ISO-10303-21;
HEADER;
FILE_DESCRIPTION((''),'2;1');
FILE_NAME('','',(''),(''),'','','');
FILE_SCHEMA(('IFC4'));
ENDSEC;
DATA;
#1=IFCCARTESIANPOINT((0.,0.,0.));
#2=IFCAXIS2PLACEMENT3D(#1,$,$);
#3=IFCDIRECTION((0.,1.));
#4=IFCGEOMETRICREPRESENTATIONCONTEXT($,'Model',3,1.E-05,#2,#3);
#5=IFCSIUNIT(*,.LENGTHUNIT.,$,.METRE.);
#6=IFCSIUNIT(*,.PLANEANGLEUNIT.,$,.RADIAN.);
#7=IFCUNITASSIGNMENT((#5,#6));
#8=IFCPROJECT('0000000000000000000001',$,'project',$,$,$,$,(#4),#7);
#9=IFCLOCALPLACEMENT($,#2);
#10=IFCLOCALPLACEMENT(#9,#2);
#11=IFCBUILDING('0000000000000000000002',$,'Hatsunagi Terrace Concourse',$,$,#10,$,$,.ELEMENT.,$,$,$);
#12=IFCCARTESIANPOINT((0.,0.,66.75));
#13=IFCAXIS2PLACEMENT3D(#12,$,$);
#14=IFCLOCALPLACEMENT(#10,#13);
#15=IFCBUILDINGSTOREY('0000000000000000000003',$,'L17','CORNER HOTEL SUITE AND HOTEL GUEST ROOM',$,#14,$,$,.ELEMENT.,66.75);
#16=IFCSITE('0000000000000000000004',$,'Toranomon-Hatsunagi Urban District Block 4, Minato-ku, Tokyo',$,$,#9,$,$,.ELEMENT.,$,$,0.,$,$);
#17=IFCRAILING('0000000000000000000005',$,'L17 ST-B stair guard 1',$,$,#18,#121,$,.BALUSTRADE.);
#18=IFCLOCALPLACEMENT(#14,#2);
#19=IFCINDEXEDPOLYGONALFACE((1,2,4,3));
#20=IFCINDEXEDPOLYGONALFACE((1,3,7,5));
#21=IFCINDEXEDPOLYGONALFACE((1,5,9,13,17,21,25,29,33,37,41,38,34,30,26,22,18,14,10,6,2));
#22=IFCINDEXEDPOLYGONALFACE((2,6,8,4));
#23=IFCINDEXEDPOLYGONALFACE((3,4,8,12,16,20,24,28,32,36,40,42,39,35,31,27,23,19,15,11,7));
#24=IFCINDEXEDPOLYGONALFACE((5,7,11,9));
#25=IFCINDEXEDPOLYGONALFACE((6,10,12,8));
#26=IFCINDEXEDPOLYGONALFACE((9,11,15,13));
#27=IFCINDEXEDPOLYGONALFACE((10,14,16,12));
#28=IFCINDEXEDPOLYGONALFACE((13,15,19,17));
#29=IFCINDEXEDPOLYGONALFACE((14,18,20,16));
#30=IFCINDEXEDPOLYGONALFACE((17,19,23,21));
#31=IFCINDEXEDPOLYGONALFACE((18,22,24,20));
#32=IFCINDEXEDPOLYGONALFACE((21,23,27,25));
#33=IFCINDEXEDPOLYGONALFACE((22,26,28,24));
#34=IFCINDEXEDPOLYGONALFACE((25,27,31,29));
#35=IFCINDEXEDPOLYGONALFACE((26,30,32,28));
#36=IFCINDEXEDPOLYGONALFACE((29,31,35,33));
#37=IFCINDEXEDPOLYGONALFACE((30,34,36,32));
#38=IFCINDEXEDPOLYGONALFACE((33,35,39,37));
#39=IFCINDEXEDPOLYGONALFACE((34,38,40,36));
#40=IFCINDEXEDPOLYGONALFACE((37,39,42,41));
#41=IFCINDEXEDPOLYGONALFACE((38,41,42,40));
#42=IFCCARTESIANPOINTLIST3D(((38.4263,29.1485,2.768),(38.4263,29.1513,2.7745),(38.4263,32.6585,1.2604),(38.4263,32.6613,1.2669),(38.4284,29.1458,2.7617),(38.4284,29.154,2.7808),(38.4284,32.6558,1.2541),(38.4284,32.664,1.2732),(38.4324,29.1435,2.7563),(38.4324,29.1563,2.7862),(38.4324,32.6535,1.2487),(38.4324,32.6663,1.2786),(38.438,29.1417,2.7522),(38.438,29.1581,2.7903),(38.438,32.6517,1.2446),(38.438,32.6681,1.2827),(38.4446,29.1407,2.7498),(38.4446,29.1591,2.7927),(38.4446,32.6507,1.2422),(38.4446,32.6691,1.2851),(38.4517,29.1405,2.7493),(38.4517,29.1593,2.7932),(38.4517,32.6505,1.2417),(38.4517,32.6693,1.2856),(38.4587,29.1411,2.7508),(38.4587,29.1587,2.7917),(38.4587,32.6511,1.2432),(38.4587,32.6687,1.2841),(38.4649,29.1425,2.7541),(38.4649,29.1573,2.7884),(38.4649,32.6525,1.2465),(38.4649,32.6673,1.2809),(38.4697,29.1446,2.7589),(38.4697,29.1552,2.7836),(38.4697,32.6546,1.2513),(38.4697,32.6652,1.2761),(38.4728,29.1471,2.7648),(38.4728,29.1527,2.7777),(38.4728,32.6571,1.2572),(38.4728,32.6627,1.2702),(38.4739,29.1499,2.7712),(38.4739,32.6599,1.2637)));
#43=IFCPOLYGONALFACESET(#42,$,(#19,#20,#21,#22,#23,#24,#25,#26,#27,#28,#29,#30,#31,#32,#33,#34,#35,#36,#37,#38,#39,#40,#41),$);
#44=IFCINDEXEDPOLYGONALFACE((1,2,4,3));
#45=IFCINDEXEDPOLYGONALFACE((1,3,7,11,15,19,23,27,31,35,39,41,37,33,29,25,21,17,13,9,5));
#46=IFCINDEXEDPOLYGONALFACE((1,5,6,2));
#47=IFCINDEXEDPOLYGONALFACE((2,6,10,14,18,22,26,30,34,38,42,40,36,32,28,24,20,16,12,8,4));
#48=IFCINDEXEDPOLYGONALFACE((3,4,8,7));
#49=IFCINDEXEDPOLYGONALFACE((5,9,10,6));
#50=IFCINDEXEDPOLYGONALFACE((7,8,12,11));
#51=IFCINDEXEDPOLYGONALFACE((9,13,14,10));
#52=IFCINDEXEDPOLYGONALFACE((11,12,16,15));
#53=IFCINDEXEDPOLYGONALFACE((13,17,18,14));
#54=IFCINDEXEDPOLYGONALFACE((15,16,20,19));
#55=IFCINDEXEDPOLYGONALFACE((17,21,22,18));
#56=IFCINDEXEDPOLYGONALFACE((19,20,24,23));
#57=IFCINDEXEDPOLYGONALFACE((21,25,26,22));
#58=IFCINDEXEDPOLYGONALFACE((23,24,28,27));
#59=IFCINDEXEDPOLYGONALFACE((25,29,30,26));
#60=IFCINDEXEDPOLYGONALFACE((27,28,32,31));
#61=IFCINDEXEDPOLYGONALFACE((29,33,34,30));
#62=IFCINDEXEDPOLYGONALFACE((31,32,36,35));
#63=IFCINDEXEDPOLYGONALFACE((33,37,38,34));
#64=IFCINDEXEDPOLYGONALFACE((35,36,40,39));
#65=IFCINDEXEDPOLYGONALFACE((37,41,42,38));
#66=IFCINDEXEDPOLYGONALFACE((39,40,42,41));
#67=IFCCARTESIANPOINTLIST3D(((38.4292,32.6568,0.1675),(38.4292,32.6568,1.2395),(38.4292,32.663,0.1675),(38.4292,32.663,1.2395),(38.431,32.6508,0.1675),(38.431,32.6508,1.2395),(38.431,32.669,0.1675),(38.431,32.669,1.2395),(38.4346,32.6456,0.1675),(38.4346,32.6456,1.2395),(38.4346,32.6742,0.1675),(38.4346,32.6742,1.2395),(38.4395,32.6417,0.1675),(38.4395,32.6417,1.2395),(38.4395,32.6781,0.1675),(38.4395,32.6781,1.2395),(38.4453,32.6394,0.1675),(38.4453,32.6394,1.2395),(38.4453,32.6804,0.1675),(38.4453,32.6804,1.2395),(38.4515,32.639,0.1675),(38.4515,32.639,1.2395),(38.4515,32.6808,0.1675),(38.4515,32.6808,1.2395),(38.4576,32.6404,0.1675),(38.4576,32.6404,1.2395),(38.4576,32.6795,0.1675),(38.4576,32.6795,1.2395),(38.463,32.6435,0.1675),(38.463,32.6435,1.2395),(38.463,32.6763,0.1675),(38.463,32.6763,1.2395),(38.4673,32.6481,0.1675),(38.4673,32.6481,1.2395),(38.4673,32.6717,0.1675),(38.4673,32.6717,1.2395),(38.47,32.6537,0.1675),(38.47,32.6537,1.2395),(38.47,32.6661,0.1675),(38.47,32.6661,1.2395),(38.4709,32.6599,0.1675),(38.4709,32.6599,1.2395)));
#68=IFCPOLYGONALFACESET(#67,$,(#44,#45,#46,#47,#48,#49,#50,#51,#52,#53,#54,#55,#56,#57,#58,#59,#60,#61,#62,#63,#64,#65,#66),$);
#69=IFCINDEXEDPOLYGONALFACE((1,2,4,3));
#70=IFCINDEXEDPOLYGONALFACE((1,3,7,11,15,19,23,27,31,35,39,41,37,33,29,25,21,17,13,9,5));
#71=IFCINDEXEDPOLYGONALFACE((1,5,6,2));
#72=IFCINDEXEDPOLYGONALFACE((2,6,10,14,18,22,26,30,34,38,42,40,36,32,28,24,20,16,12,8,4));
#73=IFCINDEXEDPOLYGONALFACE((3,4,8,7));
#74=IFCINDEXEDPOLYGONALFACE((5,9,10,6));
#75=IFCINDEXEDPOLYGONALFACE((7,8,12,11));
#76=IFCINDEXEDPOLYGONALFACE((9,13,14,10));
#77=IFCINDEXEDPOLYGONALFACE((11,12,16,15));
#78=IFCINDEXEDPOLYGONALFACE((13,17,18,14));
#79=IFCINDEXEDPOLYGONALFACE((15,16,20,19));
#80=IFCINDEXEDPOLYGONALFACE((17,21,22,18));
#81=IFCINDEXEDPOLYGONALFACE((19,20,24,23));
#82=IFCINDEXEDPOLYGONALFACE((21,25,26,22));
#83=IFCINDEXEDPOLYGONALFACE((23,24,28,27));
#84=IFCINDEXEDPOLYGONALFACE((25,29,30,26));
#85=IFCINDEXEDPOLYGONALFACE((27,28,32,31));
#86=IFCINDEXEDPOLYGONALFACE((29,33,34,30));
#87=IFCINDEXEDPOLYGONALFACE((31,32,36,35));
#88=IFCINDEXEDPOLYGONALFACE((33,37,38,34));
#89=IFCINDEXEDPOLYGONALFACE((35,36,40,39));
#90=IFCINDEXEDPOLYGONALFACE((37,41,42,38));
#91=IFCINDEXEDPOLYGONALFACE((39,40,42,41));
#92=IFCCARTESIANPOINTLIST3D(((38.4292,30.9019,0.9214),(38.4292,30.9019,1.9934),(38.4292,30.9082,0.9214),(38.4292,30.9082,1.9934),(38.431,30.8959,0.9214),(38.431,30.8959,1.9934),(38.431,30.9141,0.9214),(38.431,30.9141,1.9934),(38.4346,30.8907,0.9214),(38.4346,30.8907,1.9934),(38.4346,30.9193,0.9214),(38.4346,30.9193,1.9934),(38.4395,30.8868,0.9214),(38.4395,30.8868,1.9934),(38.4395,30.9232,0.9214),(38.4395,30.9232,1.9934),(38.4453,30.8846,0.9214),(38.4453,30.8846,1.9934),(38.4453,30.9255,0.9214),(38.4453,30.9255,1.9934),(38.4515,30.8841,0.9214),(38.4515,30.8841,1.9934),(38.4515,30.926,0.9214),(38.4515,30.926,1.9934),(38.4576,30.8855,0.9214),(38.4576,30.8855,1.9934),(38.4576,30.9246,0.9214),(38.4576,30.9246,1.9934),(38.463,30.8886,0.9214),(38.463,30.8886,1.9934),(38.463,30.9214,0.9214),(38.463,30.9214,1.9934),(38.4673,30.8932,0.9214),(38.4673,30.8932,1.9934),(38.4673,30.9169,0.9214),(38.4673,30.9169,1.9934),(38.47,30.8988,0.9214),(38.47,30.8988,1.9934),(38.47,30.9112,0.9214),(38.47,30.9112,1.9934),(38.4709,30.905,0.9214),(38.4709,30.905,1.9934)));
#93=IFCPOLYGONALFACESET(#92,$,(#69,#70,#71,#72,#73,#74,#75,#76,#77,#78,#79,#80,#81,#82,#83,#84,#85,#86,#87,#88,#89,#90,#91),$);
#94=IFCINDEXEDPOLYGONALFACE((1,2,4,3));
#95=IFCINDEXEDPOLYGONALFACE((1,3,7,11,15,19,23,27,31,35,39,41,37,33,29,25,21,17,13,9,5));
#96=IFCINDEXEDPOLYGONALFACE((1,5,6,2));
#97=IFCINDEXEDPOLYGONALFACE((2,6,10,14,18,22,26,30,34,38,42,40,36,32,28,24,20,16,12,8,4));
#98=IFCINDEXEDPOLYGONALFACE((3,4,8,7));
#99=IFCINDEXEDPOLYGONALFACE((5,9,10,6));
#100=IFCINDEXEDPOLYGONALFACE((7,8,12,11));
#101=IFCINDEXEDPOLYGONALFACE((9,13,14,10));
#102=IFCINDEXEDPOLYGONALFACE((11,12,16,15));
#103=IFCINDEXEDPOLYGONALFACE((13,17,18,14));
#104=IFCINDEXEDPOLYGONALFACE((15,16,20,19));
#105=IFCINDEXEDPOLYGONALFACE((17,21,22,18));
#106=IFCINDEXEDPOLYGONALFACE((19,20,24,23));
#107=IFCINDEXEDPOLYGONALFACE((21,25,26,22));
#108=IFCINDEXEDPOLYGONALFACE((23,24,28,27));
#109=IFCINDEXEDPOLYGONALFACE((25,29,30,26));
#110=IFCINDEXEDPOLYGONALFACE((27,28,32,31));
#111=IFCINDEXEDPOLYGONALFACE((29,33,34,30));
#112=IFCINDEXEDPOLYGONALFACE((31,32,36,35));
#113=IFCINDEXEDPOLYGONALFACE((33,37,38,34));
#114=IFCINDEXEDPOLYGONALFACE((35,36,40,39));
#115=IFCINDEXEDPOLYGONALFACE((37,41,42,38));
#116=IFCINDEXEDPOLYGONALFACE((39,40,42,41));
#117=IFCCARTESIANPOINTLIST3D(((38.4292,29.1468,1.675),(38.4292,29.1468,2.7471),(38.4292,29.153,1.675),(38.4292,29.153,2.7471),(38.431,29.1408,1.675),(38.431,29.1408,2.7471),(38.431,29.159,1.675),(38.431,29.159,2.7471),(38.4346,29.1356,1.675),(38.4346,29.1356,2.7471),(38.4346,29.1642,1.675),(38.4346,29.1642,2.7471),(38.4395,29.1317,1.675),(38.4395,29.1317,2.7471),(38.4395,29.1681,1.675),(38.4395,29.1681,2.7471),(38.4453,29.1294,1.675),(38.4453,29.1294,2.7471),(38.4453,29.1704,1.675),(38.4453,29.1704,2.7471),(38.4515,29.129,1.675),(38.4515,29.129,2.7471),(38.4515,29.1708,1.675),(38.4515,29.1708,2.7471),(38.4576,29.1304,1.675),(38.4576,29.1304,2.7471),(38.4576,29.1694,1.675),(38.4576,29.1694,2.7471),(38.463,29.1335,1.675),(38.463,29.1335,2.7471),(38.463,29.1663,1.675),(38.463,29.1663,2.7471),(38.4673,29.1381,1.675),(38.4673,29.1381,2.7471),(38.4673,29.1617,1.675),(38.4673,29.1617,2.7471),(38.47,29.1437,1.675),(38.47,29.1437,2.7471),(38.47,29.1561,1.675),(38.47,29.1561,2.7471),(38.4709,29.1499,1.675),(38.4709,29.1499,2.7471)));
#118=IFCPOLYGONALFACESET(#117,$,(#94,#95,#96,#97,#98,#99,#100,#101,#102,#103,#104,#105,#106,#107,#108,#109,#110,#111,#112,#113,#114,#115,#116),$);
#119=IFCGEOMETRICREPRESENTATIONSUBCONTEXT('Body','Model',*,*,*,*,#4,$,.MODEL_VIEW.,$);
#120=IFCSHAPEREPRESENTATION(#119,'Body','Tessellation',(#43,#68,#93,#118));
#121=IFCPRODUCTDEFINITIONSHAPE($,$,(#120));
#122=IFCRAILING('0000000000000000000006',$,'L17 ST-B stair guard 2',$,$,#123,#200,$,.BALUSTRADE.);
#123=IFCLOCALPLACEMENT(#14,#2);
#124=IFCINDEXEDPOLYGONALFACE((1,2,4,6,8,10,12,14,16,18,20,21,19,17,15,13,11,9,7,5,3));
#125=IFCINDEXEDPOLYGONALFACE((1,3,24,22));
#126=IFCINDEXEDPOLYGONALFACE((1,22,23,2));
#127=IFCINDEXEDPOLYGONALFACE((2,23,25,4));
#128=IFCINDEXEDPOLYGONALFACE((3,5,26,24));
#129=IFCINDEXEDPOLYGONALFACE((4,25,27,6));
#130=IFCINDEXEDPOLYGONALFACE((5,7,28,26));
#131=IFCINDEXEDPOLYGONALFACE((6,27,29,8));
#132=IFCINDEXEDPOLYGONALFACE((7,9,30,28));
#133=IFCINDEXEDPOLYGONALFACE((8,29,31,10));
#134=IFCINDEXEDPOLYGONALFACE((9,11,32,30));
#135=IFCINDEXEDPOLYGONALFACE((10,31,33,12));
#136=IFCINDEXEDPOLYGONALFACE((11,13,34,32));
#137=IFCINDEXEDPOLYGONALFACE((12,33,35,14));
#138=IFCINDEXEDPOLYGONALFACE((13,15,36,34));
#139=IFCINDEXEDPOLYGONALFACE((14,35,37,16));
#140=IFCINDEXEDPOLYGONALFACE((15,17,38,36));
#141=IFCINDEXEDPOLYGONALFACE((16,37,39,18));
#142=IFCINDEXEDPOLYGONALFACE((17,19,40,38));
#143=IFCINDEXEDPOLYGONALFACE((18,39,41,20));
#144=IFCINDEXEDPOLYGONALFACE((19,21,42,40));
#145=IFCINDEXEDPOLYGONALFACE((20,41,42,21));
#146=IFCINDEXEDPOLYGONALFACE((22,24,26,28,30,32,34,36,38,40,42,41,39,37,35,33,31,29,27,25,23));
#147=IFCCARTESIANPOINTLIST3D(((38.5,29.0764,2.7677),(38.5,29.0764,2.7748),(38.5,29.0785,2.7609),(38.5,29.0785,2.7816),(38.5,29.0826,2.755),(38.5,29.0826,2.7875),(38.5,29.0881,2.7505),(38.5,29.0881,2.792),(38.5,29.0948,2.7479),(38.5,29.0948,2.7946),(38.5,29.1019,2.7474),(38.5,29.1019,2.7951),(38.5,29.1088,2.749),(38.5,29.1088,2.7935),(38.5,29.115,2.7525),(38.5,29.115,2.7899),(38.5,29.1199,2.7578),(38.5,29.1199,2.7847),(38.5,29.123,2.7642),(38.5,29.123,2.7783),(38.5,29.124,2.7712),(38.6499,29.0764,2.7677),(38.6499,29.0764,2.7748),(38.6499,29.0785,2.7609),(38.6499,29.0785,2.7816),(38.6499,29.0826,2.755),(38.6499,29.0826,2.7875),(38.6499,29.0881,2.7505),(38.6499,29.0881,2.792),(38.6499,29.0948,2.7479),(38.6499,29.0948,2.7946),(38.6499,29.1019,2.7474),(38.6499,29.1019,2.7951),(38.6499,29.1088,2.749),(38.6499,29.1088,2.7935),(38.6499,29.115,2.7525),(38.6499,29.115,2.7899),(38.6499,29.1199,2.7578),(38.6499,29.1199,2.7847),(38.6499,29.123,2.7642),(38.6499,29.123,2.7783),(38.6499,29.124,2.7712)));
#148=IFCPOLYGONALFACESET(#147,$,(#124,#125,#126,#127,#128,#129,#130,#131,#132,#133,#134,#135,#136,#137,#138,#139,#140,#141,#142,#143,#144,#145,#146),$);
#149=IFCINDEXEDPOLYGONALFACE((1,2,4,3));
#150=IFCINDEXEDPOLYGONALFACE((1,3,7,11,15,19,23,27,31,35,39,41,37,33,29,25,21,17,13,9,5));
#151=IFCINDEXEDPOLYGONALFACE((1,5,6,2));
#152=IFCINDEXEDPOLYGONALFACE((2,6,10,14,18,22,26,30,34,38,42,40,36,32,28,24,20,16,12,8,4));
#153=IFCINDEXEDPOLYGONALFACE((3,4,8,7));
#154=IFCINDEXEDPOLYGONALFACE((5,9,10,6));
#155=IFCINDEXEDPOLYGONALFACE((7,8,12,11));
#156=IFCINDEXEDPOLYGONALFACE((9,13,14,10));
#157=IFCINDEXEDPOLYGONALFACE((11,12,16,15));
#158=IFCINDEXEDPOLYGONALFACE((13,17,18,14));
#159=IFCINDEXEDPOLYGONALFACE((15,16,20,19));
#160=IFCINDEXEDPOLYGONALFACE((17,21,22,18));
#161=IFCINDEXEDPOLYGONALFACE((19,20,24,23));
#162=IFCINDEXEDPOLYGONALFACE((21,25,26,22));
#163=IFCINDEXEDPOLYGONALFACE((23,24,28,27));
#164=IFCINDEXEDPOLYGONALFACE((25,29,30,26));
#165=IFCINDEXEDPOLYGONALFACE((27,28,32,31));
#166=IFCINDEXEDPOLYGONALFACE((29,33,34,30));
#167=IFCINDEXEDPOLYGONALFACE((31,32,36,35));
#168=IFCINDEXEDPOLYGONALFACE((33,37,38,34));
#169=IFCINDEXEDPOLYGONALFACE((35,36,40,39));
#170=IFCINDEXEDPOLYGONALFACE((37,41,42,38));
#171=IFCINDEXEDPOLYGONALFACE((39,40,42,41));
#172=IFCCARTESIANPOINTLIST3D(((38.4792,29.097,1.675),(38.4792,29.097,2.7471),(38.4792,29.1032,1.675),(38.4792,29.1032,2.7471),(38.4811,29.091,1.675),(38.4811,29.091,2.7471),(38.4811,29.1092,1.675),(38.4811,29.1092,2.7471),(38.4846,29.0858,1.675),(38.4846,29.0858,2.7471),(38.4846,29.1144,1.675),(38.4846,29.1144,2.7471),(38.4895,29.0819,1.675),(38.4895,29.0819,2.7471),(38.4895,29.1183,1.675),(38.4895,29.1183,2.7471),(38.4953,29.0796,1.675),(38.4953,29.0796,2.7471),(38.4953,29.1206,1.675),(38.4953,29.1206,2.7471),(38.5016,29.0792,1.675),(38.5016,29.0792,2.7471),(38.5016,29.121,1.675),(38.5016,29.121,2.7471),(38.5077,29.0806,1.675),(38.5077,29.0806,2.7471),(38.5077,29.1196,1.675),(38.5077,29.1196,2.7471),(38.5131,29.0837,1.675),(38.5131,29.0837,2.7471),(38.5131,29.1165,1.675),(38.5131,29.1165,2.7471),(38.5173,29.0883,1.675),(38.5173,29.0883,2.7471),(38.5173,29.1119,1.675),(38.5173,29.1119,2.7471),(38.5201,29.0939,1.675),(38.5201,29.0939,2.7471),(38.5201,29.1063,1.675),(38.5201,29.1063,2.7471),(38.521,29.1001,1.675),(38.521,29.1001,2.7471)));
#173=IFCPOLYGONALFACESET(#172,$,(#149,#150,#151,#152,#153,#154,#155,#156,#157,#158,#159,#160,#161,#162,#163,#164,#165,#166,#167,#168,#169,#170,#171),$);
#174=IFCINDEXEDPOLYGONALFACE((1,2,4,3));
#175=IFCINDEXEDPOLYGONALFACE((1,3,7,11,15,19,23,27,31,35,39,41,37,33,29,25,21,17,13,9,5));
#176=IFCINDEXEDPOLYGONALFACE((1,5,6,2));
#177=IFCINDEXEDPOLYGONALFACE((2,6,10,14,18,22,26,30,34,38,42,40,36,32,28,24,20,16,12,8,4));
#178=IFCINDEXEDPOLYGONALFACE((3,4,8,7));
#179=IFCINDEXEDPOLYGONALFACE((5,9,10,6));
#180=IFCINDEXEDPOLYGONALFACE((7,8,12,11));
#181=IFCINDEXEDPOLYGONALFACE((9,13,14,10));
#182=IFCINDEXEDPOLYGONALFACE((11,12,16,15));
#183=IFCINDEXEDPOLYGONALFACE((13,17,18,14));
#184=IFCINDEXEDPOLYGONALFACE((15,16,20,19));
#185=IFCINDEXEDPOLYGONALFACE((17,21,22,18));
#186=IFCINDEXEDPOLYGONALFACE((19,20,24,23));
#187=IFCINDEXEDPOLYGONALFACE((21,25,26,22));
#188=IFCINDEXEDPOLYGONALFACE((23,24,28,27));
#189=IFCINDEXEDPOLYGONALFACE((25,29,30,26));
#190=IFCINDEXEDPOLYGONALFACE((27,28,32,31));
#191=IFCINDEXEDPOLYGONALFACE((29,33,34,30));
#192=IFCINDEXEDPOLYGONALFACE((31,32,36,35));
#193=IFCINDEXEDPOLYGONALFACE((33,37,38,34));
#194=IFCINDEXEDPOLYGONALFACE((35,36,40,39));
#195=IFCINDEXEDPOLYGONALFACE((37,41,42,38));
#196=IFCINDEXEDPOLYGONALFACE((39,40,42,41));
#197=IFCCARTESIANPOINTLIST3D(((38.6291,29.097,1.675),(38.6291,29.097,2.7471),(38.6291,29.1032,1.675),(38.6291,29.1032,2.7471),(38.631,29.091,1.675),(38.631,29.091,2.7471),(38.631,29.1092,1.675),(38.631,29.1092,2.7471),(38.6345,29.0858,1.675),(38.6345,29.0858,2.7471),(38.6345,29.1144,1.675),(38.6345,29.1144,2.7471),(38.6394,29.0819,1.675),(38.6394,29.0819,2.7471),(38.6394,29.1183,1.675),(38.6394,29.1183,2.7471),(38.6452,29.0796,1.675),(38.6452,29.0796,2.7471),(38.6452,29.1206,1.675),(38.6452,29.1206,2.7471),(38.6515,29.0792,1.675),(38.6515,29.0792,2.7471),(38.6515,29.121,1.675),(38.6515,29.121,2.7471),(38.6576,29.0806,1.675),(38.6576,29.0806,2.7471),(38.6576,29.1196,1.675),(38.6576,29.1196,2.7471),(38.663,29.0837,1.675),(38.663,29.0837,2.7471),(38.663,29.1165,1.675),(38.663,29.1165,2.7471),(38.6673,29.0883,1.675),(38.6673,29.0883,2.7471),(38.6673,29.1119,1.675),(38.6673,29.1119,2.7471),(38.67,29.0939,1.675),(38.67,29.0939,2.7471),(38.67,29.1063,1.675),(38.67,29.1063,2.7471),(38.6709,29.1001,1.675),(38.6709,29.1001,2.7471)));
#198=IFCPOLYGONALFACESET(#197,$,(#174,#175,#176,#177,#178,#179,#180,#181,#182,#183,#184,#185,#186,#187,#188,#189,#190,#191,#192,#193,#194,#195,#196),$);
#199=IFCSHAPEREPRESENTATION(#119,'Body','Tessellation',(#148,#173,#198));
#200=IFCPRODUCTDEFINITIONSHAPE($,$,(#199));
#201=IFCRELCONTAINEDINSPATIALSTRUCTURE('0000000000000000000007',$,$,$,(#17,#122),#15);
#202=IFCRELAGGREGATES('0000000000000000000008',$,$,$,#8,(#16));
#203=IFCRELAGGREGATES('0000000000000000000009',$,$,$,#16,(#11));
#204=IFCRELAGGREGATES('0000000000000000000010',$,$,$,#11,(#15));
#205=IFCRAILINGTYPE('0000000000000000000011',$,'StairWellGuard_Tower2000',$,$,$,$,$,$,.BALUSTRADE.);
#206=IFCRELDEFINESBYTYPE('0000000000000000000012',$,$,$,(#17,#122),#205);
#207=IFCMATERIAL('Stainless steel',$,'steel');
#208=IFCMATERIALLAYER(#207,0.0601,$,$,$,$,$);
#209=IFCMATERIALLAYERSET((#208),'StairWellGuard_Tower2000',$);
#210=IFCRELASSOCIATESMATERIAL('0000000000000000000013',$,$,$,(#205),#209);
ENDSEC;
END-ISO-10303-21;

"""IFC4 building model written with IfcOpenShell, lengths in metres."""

from ifc_helpers import new_model, si_unit, direction, frame, origin, origin_2d, place, context, subcontext, project, spatial, circle, extrude, material, layer, layer_set, type_object, element, save


model = new_model("IFC4")

# Units and contexts
model_context = context("Model", 3, precision=1e-05, world=origin(), true_north=direction((0.0, 1.0)))
body_context = subcontext(model_context, "Body", "Model", "MODEL_VIEW")
ifc_project = project(units=[si_unit("LENGTHUNIT", "METRE"), si_unit("PLANEANGLEUNIT", "RADIAN")], contexts=[model_context])

# Site, building, storey
site_placement = place(None, origin())
site = spatial("IfcSite", under=ifc_project, at=site_placement, Name="Toranomon-Hatsunagi Urban District Block 4, Minato-ku, Tokyo", CompositionType="ELEMENT", RefElevation=0.0)
building_placement = place(site_placement, origin())
building = spatial("IfcBuilding", under=site, at=building_placement, Name="Hatsunagi Terrace Concourse", CompositionType="ELEMENT")
storey_placement = place(building_placement, frame((0.0, 0.0, 66.75)))
storey = spatial("IfcBuildingStorey", under=building, at=storey_placement, Name="L17", Description="CORNER HOTEL SUITE AND HOTEL GUEST ROOM", CompositionType="ELEMENT", Elevation=66.75)

# Railings
ifc_material_1 = material(Name="Stainless steel", Category="steel")
ifc_layer_1 = layer(ifc_material_1, 0.0601)
ifc_layer_set_1 = layer_set([ifc_layer_1], Name="StairWellGuard_Tower2000")
railing_type_1 = type_object("IfcRailingType", Name="StairWellGuard_Tower2000", PredefinedType="BALUSTRADE", material=ifc_layer_set_1)
railing_1_placement = place(storey_placement, frame((38.45, 32.6599, 0.1675)))
element("IfcRailing", 1, at=railing_1_placement, inside=storey, type_object=railing_type_1, Name="L17 ST-B stair guard 1", PredefinedType="BALUSTRADE", context=body_context, shape_type="SweptSolid", body=[
    extrude(circle(Radius=0.0239, at=origin_2d()), frame((0.0, 0.0, 1.0962), z_axis=(0.0, -0.918834, 0.394644), x_axis=(1.0, 0.0, 0.0)), (0.0, 0.0, 1.0), 3.8201),
    extrude(circle(Radius=0.021, at=origin_2d()), origin(), (0.0, 0.0, 1.0), 1.072),
    extrude(circle(Radius=0.021, at=origin_2d()), frame((0.0, -1.7549, 0.7539)), (0.0, 0.0, 1.0), 1.072),
    extrude(circle(Radius=0.021, at=origin_2d()), frame((0.0, -3.51, 1.5076)), (0.0, 0.0, 1.0), 1.072),
])
railing_2_placement = place(storey_placement, frame((38.5, 29.1001, 1.675)))
element("IfcRailing", 2, at=railing_2_placement, inside=storey, type_object=railing_type_1, Name="L17 ST-B stair guard 2", PredefinedType="BALUSTRADE", context=body_context, shape_type="SweptSolid", body=[
    extrude(circle(Radius=0.0239, at=origin_2d()), frame((0.0, 0.0, 1.0962), z_axis=(1.0, 0.0, 0.0), x_axis=(0.0, 1.0, 0.0)), (0.0, 0.0, 1.0), 0.1499),
    extrude(circle(Radius=0.021, at=origin_2d()), origin(), (0.0, 0.0, 1.0), 1.072),
    extrude(circle(Radius=0.021, at=origin_2d()), frame((0.1499, 0.0, 0.0)), (0.0, 0.0, 1.0), 1.072),
])

save(model, "model.ifc")
